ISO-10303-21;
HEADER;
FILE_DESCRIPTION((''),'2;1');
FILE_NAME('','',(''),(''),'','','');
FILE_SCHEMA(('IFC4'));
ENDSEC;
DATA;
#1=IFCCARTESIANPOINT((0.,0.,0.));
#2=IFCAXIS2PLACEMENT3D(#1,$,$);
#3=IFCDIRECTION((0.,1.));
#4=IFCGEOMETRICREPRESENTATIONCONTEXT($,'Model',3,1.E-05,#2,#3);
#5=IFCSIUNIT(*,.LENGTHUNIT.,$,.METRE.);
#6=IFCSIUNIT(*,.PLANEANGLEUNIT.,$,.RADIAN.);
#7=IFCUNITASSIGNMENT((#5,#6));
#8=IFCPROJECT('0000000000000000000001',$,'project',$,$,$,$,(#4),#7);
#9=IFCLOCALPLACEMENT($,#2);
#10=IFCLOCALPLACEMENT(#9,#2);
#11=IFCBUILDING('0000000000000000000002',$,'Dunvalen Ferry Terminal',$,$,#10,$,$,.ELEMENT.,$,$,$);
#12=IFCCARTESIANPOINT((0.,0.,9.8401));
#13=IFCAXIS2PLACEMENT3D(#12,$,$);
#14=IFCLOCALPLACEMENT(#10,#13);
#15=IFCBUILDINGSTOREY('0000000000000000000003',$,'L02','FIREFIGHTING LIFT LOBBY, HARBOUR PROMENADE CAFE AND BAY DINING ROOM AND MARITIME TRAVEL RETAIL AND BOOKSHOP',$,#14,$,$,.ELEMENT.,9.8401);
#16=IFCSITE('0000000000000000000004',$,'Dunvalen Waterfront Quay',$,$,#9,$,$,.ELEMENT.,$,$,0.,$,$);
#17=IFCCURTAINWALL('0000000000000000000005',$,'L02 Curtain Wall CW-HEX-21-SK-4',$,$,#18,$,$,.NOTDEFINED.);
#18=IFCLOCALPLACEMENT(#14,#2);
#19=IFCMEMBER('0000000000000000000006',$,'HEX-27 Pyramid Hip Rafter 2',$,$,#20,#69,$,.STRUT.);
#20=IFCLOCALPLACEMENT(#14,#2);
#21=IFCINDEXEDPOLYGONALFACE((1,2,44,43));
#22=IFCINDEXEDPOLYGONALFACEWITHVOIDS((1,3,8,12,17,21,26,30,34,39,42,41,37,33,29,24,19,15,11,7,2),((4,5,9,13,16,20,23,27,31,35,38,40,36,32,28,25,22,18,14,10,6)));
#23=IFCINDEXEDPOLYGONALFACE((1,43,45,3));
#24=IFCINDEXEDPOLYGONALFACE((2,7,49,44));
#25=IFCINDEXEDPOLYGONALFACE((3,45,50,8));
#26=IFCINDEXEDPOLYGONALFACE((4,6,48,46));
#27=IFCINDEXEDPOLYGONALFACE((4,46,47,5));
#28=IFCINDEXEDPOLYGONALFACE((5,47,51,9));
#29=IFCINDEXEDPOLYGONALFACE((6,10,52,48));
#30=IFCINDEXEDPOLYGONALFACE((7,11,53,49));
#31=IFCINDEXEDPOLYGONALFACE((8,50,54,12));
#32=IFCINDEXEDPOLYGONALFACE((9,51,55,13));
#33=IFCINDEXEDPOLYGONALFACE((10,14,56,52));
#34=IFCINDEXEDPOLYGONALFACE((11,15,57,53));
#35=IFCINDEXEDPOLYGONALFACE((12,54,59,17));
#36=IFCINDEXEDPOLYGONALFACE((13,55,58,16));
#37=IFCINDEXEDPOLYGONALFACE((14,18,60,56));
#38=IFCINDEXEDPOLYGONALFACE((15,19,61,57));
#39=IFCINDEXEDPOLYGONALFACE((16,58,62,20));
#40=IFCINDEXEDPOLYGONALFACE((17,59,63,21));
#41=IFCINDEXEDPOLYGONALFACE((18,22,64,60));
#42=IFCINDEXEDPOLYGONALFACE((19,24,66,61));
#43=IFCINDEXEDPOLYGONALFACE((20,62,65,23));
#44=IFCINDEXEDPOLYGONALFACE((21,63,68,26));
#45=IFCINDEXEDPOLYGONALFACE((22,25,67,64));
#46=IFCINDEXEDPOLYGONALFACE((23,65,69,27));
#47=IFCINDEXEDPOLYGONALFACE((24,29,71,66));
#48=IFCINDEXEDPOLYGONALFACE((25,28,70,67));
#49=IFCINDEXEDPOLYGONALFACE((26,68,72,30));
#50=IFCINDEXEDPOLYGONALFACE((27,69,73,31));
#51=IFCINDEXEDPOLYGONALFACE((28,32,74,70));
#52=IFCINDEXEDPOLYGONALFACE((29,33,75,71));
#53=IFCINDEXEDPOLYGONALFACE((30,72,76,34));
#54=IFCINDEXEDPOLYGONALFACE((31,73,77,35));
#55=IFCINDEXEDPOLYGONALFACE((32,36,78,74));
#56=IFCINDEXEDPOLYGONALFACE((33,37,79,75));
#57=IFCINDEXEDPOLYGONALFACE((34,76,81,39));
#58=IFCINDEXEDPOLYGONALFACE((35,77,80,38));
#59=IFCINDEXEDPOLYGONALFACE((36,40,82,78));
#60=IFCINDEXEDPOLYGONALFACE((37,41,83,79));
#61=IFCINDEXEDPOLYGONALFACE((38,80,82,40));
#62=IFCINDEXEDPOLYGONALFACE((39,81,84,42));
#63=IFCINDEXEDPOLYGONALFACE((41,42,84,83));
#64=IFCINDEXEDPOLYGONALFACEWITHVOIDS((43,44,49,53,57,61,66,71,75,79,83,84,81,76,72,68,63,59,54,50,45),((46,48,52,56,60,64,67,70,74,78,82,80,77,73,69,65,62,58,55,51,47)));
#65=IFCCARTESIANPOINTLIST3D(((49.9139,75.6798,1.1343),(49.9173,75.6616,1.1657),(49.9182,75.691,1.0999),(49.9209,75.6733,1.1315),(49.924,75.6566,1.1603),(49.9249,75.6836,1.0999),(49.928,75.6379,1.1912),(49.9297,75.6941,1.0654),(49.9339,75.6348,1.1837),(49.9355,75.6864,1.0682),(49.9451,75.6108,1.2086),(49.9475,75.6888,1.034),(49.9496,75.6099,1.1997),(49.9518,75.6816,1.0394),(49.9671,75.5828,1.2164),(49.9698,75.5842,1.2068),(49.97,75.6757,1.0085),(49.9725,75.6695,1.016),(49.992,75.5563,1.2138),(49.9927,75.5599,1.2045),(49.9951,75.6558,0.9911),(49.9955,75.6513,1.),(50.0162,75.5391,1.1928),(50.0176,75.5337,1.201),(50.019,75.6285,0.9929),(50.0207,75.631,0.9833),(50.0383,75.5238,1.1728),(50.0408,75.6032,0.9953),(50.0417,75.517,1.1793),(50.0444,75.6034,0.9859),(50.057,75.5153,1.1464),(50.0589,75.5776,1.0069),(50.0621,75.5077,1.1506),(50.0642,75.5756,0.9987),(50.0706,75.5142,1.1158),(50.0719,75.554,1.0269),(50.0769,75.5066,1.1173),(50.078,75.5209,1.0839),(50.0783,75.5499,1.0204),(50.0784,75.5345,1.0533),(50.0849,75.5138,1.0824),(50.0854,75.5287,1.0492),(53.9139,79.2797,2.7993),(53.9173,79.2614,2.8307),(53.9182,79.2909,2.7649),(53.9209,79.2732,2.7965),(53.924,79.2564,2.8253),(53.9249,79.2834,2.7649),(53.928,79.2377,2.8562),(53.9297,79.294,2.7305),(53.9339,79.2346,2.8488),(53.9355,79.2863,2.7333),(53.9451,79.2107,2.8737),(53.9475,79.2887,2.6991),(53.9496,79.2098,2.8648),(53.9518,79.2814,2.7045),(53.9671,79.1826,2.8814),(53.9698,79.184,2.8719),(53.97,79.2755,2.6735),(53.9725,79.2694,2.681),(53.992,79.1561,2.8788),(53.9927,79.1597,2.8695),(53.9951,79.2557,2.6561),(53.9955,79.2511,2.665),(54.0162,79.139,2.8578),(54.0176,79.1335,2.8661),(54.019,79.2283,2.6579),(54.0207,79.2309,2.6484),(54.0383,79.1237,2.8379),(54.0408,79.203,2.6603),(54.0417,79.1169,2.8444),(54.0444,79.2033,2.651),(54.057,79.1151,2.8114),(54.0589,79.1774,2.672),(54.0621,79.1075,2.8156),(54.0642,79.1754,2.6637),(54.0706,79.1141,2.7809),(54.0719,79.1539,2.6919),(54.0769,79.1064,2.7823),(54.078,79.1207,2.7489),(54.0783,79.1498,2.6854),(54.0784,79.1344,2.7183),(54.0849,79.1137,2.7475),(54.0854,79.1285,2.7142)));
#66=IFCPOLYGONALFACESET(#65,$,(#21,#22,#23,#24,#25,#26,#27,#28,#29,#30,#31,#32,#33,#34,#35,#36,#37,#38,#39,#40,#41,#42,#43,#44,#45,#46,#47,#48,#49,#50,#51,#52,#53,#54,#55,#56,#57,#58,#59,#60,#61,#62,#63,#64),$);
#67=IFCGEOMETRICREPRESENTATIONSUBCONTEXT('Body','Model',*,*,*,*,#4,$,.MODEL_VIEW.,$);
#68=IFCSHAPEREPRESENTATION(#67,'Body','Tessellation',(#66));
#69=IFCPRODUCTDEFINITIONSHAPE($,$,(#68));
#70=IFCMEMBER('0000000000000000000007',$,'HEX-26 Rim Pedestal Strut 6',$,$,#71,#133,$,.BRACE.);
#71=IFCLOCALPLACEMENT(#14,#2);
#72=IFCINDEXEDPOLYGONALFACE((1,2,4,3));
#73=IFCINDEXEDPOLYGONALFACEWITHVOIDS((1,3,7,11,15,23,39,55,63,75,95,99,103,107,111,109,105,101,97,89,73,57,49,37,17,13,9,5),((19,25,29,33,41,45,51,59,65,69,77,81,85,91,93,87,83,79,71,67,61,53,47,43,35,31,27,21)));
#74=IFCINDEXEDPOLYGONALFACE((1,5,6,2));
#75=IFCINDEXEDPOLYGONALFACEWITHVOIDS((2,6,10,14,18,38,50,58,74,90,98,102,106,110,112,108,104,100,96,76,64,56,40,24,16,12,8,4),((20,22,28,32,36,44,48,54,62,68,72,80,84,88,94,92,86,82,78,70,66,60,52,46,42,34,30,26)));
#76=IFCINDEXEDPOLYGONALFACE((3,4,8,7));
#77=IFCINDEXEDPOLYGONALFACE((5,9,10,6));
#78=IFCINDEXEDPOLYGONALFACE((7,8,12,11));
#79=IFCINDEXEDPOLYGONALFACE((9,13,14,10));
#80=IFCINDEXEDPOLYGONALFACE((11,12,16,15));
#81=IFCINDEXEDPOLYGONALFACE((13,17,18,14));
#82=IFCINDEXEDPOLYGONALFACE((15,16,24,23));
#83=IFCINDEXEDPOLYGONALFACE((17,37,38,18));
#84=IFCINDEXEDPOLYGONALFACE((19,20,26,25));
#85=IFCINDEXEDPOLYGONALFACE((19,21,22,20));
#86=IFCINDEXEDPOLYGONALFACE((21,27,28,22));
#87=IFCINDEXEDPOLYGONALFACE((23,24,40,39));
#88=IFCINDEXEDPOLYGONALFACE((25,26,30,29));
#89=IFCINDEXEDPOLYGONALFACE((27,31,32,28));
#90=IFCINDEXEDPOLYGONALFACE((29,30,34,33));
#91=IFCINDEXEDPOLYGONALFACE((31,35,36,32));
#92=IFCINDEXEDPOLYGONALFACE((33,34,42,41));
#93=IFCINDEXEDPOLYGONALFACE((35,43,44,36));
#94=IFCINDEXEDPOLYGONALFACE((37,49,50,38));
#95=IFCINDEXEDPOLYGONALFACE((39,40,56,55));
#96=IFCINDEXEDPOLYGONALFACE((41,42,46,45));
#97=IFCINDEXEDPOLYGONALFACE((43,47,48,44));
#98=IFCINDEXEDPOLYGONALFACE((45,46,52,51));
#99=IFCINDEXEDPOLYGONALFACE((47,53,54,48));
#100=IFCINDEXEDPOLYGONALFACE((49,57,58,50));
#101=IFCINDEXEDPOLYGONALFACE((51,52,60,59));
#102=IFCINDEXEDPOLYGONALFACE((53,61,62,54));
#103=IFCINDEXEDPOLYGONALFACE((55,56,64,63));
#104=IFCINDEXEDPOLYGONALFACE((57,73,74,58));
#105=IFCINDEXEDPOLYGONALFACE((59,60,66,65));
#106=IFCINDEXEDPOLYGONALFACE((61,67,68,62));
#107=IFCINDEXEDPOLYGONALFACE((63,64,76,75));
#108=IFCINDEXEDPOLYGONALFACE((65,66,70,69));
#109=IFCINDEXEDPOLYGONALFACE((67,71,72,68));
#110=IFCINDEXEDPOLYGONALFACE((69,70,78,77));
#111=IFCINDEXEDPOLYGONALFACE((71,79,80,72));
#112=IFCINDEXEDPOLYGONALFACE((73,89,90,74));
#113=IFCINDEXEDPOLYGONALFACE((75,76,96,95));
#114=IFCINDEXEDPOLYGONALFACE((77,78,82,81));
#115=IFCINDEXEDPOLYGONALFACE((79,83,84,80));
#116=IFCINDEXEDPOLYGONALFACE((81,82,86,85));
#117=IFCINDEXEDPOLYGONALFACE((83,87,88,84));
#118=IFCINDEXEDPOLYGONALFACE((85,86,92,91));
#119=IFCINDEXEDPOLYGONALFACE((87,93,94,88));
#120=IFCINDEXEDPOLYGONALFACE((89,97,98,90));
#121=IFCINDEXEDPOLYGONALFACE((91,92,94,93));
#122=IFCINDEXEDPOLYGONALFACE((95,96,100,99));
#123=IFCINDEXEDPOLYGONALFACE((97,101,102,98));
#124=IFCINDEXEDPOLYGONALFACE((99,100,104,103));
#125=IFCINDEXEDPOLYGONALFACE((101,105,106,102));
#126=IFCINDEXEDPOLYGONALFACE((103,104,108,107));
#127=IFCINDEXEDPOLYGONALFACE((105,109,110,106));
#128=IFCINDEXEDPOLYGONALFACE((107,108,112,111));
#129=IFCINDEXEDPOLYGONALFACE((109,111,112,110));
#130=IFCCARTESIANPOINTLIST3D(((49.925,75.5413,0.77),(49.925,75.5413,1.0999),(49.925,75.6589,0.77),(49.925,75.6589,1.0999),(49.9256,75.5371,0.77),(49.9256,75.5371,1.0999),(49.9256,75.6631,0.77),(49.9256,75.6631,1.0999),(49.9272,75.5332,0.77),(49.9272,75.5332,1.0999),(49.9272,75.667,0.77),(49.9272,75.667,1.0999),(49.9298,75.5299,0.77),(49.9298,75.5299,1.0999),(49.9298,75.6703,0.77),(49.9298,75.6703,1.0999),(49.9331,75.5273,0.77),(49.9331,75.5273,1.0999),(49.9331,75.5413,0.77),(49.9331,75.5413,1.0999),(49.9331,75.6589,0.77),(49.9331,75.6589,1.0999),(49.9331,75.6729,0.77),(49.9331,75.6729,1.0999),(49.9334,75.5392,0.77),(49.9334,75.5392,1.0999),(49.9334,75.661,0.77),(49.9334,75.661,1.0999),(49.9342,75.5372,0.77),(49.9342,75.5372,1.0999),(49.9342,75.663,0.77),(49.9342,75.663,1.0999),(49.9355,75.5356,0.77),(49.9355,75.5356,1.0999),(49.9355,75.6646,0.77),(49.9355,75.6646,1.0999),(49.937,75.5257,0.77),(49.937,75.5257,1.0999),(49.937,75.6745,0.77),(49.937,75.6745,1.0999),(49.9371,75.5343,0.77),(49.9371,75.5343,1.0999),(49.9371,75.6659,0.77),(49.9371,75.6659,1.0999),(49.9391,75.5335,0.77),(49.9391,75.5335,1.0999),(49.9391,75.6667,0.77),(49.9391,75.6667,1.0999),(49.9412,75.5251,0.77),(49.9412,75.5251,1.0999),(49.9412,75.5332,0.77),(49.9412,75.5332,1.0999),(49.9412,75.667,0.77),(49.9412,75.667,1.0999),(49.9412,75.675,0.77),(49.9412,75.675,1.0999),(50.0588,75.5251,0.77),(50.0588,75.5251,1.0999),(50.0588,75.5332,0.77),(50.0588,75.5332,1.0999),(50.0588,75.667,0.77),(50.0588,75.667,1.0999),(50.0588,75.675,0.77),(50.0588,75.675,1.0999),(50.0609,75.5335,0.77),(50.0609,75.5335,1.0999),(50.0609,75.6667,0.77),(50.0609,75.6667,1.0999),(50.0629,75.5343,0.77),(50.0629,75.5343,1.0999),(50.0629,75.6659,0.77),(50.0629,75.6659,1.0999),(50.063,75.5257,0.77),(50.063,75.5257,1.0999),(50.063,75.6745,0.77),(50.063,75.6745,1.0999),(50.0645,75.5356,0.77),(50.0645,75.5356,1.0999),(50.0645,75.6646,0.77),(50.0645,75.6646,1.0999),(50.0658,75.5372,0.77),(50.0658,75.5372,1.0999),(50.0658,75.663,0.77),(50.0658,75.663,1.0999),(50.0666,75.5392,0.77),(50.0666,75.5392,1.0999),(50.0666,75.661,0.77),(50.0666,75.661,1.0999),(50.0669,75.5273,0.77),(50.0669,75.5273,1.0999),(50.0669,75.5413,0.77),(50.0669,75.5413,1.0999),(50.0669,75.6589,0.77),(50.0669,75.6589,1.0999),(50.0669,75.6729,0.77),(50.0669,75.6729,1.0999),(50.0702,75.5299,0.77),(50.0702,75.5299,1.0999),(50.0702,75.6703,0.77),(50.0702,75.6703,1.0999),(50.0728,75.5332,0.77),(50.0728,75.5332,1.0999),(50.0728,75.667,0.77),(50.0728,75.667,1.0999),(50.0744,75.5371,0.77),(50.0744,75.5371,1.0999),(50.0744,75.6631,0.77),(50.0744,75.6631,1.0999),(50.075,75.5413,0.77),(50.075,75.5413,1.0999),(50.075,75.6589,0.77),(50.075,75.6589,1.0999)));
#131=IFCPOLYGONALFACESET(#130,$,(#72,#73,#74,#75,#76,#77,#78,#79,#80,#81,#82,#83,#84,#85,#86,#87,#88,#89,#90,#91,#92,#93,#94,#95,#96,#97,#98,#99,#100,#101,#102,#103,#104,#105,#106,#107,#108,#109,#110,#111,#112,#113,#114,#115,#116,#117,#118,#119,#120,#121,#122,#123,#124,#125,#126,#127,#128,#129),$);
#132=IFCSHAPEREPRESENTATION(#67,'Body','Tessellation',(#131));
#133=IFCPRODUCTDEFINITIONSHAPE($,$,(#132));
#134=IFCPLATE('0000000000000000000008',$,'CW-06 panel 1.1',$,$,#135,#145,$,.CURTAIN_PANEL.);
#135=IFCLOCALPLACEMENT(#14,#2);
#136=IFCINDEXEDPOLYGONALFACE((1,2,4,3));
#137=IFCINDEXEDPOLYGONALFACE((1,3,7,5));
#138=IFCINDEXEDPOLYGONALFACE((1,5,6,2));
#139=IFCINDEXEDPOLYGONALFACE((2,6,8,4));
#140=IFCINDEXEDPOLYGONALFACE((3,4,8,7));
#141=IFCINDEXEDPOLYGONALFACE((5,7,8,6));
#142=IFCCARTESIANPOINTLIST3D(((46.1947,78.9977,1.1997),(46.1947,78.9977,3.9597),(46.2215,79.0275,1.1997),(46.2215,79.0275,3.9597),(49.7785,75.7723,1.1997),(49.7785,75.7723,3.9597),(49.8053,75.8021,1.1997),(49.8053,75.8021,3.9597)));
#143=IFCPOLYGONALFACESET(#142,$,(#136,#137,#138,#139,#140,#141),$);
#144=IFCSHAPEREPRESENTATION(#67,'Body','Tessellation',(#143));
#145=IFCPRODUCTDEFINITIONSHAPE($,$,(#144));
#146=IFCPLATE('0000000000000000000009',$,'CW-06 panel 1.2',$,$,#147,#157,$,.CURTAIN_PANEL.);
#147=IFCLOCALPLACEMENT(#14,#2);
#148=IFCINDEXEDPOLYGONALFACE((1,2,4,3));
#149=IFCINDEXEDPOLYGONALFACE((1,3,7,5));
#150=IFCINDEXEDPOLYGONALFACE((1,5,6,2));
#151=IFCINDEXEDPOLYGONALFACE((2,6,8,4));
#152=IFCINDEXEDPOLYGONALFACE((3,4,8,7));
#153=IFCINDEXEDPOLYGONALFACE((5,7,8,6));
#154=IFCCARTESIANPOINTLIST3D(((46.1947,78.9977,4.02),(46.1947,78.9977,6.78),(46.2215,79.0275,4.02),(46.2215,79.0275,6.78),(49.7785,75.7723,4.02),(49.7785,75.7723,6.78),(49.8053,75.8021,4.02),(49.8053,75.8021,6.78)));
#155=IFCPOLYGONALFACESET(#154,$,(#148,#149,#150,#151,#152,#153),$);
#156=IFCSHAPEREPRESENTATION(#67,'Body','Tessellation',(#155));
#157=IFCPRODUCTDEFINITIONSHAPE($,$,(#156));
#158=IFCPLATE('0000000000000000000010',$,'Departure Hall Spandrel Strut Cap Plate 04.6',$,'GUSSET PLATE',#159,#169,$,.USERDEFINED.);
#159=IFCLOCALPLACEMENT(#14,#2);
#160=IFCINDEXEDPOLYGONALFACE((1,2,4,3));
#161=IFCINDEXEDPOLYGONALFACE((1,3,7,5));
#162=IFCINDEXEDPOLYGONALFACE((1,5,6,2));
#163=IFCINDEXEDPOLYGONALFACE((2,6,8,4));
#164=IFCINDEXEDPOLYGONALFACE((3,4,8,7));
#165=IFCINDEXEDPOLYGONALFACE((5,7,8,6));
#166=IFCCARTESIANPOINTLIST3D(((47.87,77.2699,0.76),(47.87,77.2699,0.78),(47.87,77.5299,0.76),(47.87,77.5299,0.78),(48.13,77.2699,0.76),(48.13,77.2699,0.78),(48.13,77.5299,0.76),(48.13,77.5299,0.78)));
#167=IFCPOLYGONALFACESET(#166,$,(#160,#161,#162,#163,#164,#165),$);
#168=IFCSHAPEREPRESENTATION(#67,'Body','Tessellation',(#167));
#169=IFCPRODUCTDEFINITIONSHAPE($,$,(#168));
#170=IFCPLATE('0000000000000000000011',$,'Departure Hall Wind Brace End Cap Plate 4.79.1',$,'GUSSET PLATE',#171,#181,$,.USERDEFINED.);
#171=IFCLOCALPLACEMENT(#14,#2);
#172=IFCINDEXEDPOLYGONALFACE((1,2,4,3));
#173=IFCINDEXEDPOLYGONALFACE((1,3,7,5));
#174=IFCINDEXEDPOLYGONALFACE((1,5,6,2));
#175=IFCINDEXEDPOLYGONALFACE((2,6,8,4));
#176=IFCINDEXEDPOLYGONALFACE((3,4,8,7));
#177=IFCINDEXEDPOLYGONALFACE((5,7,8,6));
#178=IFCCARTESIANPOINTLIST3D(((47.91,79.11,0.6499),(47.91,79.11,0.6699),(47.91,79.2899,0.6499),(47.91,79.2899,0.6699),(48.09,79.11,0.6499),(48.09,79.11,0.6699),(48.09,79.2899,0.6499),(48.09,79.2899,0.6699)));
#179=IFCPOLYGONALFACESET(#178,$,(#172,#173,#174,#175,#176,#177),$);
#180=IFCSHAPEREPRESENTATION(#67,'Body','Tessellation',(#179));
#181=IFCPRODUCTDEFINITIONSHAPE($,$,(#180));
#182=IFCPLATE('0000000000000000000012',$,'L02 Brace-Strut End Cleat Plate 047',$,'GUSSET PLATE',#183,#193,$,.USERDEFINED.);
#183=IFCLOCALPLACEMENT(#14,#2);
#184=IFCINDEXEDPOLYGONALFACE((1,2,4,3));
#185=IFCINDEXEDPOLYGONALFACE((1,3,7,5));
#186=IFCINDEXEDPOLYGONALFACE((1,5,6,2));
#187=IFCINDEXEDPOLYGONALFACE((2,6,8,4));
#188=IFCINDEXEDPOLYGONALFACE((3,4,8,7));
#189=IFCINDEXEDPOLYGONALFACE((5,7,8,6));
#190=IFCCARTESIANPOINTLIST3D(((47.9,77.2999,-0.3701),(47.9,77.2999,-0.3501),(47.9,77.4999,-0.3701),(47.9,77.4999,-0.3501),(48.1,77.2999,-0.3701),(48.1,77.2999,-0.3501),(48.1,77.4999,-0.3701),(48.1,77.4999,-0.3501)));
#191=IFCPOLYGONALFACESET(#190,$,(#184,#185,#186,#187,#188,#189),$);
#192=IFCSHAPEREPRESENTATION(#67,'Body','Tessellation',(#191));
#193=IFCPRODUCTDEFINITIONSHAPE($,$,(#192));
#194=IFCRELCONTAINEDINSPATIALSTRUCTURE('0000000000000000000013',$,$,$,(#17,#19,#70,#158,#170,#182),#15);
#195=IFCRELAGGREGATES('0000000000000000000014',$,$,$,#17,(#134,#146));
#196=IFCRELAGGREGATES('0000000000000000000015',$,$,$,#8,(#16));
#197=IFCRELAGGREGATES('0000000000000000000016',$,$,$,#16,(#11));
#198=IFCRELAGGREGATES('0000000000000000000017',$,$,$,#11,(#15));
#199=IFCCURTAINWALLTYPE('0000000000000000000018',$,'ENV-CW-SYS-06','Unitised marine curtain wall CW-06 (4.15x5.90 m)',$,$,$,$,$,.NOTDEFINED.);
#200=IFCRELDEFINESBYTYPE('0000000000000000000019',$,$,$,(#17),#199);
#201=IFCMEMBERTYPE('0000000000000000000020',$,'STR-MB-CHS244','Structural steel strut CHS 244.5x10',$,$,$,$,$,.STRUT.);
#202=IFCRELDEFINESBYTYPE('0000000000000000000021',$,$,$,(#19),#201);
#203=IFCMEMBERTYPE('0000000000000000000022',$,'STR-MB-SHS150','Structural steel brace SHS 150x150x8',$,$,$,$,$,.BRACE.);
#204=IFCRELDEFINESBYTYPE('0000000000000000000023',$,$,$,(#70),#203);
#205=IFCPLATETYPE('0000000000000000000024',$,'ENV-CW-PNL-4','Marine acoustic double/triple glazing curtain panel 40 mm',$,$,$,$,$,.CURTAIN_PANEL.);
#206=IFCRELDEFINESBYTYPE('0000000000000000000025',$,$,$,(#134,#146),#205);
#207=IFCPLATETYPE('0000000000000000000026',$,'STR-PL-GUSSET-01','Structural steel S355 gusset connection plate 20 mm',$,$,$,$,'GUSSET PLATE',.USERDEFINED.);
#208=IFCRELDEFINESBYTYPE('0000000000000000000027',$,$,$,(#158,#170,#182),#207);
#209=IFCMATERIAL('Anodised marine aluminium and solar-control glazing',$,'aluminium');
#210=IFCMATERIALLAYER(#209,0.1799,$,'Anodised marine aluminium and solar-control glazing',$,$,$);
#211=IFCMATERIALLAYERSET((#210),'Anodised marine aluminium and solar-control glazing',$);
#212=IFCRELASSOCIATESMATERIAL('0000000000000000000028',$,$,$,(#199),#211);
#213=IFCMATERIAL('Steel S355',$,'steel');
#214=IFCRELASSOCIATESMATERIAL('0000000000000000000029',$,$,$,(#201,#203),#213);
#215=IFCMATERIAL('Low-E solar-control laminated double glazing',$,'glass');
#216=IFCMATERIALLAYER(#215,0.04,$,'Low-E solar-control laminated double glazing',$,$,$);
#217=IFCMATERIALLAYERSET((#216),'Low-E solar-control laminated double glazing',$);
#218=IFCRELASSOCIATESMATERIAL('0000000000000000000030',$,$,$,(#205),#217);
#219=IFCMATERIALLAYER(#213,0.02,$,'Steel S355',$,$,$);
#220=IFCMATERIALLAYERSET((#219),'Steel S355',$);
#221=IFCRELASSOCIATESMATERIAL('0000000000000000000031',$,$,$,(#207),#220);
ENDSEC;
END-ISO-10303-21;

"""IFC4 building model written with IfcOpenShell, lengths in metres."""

from ifc_helpers import new_model, si_unit, direction, frame, origin, origin_2d, place, context, subcontext, project, spatial, rectangle, hollow_rectangle, hollow_circle, extrude, material, layer, layer_set, material_profile, profile_set, type_object, element, aggregate, save


model = new_model("IFC4")

# Units and contexts
model_context = context("Model", 3, precision=1e-05, world=origin(), true_north=direction((0.0, 1.0)))
body_context = subcontext(model_context, "Body", "Model", "MODEL_VIEW")
ifc_project = project(units=[si_unit("LENGTHUNIT", "METRE"), si_unit("PLANEANGLEUNIT", "RADIAN")], contexts=[model_context])

# Site, building, storey
site_placement = place(None, origin())
site = spatial("IfcSite", under=ifc_project, at=site_placement, Name="Dunvalen Waterfront Quay", CompositionType="ELEMENT", RefElevation=0.0)
building_placement = place(site_placement, origin())
building = spatial("IfcBuilding", under=site, at=building_placement, Name="Dunvalen Ferry Terminal", CompositionType="ELEMENT")
storey_placement = place(building_placement, frame((0.0, 0.0, 9.8401)))
storey = spatial("IfcBuildingStorey", under=building, at=storey_placement, Name="L02", Description="FIREFIGHTING LIFT LOBBY, HARBOUR PROMENADE CAFE AND BAY DINING ROOM AND MARITIME TRAVEL RETAIL AND BOOKSHOP", CompositionType="ELEMENT", Elevation=9.8401)

# Curtain wall
ifc_material_1 = material(Name="Anodised marine aluminium and solar-control glazing", Category="aluminium")
ifc_layer_1 = layer(ifc_material_1, 0.1799, Name="Anodised marine aluminium and solar-control glazing")
ifc_layer_set_1 = layer_set([ifc_layer_1], Name="Anodised marine aluminium and solar-control glazing")
curtain_wall_type = type_object("IfcCurtainWallType", Name="ENV-CW-SYS-06", Description="Unitised marine curtain wall CW-06 (4.15x5.90 m)", PredefinedType="NOTDEFINED", material=ifc_layer_set_1)
curtain_wall_placement = place(storey_placement, origin())
curtain_wall = element("IfcCurtainWall", 1, at=curtain_wall_placement, inside=storey, type_object=curtain_wall_type, Name="L02 Curtain Wall CW-HEX-21-SK-4", PredefinedType="NOTDEFINED")

# Shared definitions
ifc_material_2 = material(Name="Steel S355", Category="steel")

# Members
ifc_material_profile_1 = material_profile(ifc_material_2, hollow_circle(Radius=0.1223, WallThickness=0.01, at=origin_2d()), Name="Steel S355")
ifc_profile_set_1 = profile_set([ifc_material_profile_1], Name="Steel S355")
member_type_1 = type_object("IfcMemberType", Name="STR-MB-CHS244", Description="Structural steel strut CHS 244.5x10", PredefinedType="STRUT", material=ifc_profile_set_1)
member_1_placement = place(storey_placement, frame((50.0, 75.6001, 1.0999), z_axis=(0.710094, 0.639059, 0.295584), x_axis=(-0.66895, 0.743308, 0.0)))
element("IfcMember", 2, at=member_1_placement, inside=storey, type_object=member_type_1, Name="HEX-27 Pyramid Hip Rafter 2", PredefinedType="STRUT", context=body_context, shape_type="SweptSolid", body=[
    extrude(hollow_circle(Radius=0.1223, WallThickness=0.01, at=origin_2d()), origin(), (0.0, 0.0, 1.0), 5.6331),
])
ifc_material_profile_2 = material_profile(ifc_material_2, hollow_rectangle(XDim=0.1499, YDim=0.1499, WallThickness=0.0081, InnerFilletRadius=0.0081, OuterFilletRadius=0.0161, at=origin_2d()), Name="Steel S355")
ifc_profile_set_2 = profile_set([ifc_material_profile_2], Name="Steel S355")
member_type_2 = type_object("IfcMemberType", Name="STR-MB-SHS150", Description="Structural steel brace SHS 150x150x8", PredefinedType="BRACE", material=ifc_profile_set_2)
member_2_placement = place(storey_placement, frame((50.0, 75.6001, 0.77), z_axis=(0.0, 0.0, 1.0), x_axis=(1.0, 0.0, 0.0)))
element("IfcMember", 3, at=member_2_placement, inside=storey, type_object=member_type_2, Name="HEX-26 Rim Pedestal Strut 6", PredefinedType="BRACE", context=body_context, shape_type="SweptSolid", body=[
    extrude(hollow_rectangle(XDim=0.1499, YDim=0.1499, WallThickness=0.0081, InnerFilletRadius=0.0081, OuterFilletRadius=0.0161, at=origin_2d()), origin(), (0.0, 0.0, 1.0), 0.3298),
])

# Plates
ifc_material_3 = material(Name="Low-E solar-control laminated double glazing", Category="glass")
ifc_layer_2 = layer(ifc_material_3, 0.04, Name="Low-E solar-control laminated double glazing")
ifc_layer_set_2 = layer_set([ifc_layer_2], Name="Low-E solar-control laminated double glazing")
plate_type_1 = type_object("IfcPlateType", Name="ENV-CW-PNL-4", Description="Marine acoustic double/triple glazing curtain panel 40 mm", PredefinedType="CURTAIN_PANEL", material=ifc_layer_set_2)
plate_1_placement = place(storey_placement, frame((48.0, 77.3999, 1.1997), z_axis=(0.0, 0.0, 1.0), x_axis=(-0.743304, 0.668954, 0.0)))
plate_1 = element("IfcPlate", 4, at=plate_1_placement, type_object=plate_type_1, Name="CW-06 panel 1.1", PredefinedType="CURTAIN_PANEL", context=body_context, shape_type="SweptSolid", body=[
    extrude(rectangle(XDim=4.8215, YDim=0.04, at=origin_2d()), origin(), (0.0, 0.0, 1.0), 2.76),
])
plate_2_placement = place(storey_placement, frame((48.0, 77.3999, 4.02), z_axis=(0.0, 0.0, 1.0), x_axis=(-0.743304, 0.668954, 0.0)))
plate_2 = element("IfcPlate", 5, at=plate_2_placement, type_object=plate_type_1, Name="CW-06 panel 1.2", PredefinedType="CURTAIN_PANEL", context=body_context, shape_type="SweptSolid", body=[
    extrude(rectangle(XDim=4.8215, YDim=0.04, at=origin_2d()), origin(), (0.0, 0.0, 1.0), 2.76),
])
aggregate(curtain_wall, [plate_1, plate_2])

# Plates
ifc_layer_3 = layer(ifc_material_2, 0.02, Name="Steel S355")
ifc_layer_set_3 = layer_set([ifc_layer_3], Name="Steel S355")
plate_type_2 = type_object("IfcPlateType", Name="STR-PL-GUSSET-01", Description="Structural steel S355 gusset connection plate 20 mm", ElementType="GUSSET PLATE", PredefinedType="USERDEFINED", material=ifc_layer_set_3)
plate_3_placement = place(storey_placement, frame((48.0, 77.3999, 0.76), z_axis=(0.0, 0.0, 1.0), x_axis=(1.0, 0.0, 0.0)))
element("IfcPlate", 6, at=plate_3_placement, inside=storey, type_object=plate_type_2, Name="Departure Hall Spandrel Strut Cap Plate 04.6", ObjectType="GUSSET PLATE", PredefinedType="USERDEFINED", context=body_context, shape_type="SweptSolid", body=[
    extrude(rectangle(XDim=0.26, YDim=0.26, at=origin_2d()), origin(), (0.0, 0.0, 1.0), 0.02),
])
plate_4_placement = place(storey_placement, frame((48.0, 79.2, 0.6499), z_axis=(0.0, 0.0, 1.0), x_axis=(1.0, 0.0, 0.0)))
element("IfcPlate", 7, at=plate_4_placement, inside=storey, type_object=plate_type_2, Name="Departure Hall Wind Brace End Cap Plate 4.79.1", ObjectType="GUSSET PLATE", PredefinedType="USERDEFINED", context=body_context, shape_type="SweptSolid", body=[
    extrude(rectangle(XDim=0.1799, YDim=0.1799, at=origin_2d()), origin(), (0.0, 0.0, 1.0), 0.02),
])
for number, where, z_axis, x_axis, name in (
    (8, (48.0, 77.3999, -0.3701), (0.0, 0.0, 1.0), (1.0, 0.0, 0.0), "L02 Brace-Strut End Cleat Plate 047"),
):
    element("IfcPlate", number, at=place(storey_placement, frame(where, z_axis=z_axis, x_axis=x_axis)), inside=storey, type_object=plate_type_2, Name=name, ObjectType="GUSSET PLATE", PredefinedType="USERDEFINED", context=body_context, shape_type="SweptSolid", body=[
        extrude(rectangle(XDim=0.2, YDim=0.2, at=origin_2d()), origin(), (0.0, 0.0, 1.0), 0.02),
    ])

save(model, "model.ifc")
